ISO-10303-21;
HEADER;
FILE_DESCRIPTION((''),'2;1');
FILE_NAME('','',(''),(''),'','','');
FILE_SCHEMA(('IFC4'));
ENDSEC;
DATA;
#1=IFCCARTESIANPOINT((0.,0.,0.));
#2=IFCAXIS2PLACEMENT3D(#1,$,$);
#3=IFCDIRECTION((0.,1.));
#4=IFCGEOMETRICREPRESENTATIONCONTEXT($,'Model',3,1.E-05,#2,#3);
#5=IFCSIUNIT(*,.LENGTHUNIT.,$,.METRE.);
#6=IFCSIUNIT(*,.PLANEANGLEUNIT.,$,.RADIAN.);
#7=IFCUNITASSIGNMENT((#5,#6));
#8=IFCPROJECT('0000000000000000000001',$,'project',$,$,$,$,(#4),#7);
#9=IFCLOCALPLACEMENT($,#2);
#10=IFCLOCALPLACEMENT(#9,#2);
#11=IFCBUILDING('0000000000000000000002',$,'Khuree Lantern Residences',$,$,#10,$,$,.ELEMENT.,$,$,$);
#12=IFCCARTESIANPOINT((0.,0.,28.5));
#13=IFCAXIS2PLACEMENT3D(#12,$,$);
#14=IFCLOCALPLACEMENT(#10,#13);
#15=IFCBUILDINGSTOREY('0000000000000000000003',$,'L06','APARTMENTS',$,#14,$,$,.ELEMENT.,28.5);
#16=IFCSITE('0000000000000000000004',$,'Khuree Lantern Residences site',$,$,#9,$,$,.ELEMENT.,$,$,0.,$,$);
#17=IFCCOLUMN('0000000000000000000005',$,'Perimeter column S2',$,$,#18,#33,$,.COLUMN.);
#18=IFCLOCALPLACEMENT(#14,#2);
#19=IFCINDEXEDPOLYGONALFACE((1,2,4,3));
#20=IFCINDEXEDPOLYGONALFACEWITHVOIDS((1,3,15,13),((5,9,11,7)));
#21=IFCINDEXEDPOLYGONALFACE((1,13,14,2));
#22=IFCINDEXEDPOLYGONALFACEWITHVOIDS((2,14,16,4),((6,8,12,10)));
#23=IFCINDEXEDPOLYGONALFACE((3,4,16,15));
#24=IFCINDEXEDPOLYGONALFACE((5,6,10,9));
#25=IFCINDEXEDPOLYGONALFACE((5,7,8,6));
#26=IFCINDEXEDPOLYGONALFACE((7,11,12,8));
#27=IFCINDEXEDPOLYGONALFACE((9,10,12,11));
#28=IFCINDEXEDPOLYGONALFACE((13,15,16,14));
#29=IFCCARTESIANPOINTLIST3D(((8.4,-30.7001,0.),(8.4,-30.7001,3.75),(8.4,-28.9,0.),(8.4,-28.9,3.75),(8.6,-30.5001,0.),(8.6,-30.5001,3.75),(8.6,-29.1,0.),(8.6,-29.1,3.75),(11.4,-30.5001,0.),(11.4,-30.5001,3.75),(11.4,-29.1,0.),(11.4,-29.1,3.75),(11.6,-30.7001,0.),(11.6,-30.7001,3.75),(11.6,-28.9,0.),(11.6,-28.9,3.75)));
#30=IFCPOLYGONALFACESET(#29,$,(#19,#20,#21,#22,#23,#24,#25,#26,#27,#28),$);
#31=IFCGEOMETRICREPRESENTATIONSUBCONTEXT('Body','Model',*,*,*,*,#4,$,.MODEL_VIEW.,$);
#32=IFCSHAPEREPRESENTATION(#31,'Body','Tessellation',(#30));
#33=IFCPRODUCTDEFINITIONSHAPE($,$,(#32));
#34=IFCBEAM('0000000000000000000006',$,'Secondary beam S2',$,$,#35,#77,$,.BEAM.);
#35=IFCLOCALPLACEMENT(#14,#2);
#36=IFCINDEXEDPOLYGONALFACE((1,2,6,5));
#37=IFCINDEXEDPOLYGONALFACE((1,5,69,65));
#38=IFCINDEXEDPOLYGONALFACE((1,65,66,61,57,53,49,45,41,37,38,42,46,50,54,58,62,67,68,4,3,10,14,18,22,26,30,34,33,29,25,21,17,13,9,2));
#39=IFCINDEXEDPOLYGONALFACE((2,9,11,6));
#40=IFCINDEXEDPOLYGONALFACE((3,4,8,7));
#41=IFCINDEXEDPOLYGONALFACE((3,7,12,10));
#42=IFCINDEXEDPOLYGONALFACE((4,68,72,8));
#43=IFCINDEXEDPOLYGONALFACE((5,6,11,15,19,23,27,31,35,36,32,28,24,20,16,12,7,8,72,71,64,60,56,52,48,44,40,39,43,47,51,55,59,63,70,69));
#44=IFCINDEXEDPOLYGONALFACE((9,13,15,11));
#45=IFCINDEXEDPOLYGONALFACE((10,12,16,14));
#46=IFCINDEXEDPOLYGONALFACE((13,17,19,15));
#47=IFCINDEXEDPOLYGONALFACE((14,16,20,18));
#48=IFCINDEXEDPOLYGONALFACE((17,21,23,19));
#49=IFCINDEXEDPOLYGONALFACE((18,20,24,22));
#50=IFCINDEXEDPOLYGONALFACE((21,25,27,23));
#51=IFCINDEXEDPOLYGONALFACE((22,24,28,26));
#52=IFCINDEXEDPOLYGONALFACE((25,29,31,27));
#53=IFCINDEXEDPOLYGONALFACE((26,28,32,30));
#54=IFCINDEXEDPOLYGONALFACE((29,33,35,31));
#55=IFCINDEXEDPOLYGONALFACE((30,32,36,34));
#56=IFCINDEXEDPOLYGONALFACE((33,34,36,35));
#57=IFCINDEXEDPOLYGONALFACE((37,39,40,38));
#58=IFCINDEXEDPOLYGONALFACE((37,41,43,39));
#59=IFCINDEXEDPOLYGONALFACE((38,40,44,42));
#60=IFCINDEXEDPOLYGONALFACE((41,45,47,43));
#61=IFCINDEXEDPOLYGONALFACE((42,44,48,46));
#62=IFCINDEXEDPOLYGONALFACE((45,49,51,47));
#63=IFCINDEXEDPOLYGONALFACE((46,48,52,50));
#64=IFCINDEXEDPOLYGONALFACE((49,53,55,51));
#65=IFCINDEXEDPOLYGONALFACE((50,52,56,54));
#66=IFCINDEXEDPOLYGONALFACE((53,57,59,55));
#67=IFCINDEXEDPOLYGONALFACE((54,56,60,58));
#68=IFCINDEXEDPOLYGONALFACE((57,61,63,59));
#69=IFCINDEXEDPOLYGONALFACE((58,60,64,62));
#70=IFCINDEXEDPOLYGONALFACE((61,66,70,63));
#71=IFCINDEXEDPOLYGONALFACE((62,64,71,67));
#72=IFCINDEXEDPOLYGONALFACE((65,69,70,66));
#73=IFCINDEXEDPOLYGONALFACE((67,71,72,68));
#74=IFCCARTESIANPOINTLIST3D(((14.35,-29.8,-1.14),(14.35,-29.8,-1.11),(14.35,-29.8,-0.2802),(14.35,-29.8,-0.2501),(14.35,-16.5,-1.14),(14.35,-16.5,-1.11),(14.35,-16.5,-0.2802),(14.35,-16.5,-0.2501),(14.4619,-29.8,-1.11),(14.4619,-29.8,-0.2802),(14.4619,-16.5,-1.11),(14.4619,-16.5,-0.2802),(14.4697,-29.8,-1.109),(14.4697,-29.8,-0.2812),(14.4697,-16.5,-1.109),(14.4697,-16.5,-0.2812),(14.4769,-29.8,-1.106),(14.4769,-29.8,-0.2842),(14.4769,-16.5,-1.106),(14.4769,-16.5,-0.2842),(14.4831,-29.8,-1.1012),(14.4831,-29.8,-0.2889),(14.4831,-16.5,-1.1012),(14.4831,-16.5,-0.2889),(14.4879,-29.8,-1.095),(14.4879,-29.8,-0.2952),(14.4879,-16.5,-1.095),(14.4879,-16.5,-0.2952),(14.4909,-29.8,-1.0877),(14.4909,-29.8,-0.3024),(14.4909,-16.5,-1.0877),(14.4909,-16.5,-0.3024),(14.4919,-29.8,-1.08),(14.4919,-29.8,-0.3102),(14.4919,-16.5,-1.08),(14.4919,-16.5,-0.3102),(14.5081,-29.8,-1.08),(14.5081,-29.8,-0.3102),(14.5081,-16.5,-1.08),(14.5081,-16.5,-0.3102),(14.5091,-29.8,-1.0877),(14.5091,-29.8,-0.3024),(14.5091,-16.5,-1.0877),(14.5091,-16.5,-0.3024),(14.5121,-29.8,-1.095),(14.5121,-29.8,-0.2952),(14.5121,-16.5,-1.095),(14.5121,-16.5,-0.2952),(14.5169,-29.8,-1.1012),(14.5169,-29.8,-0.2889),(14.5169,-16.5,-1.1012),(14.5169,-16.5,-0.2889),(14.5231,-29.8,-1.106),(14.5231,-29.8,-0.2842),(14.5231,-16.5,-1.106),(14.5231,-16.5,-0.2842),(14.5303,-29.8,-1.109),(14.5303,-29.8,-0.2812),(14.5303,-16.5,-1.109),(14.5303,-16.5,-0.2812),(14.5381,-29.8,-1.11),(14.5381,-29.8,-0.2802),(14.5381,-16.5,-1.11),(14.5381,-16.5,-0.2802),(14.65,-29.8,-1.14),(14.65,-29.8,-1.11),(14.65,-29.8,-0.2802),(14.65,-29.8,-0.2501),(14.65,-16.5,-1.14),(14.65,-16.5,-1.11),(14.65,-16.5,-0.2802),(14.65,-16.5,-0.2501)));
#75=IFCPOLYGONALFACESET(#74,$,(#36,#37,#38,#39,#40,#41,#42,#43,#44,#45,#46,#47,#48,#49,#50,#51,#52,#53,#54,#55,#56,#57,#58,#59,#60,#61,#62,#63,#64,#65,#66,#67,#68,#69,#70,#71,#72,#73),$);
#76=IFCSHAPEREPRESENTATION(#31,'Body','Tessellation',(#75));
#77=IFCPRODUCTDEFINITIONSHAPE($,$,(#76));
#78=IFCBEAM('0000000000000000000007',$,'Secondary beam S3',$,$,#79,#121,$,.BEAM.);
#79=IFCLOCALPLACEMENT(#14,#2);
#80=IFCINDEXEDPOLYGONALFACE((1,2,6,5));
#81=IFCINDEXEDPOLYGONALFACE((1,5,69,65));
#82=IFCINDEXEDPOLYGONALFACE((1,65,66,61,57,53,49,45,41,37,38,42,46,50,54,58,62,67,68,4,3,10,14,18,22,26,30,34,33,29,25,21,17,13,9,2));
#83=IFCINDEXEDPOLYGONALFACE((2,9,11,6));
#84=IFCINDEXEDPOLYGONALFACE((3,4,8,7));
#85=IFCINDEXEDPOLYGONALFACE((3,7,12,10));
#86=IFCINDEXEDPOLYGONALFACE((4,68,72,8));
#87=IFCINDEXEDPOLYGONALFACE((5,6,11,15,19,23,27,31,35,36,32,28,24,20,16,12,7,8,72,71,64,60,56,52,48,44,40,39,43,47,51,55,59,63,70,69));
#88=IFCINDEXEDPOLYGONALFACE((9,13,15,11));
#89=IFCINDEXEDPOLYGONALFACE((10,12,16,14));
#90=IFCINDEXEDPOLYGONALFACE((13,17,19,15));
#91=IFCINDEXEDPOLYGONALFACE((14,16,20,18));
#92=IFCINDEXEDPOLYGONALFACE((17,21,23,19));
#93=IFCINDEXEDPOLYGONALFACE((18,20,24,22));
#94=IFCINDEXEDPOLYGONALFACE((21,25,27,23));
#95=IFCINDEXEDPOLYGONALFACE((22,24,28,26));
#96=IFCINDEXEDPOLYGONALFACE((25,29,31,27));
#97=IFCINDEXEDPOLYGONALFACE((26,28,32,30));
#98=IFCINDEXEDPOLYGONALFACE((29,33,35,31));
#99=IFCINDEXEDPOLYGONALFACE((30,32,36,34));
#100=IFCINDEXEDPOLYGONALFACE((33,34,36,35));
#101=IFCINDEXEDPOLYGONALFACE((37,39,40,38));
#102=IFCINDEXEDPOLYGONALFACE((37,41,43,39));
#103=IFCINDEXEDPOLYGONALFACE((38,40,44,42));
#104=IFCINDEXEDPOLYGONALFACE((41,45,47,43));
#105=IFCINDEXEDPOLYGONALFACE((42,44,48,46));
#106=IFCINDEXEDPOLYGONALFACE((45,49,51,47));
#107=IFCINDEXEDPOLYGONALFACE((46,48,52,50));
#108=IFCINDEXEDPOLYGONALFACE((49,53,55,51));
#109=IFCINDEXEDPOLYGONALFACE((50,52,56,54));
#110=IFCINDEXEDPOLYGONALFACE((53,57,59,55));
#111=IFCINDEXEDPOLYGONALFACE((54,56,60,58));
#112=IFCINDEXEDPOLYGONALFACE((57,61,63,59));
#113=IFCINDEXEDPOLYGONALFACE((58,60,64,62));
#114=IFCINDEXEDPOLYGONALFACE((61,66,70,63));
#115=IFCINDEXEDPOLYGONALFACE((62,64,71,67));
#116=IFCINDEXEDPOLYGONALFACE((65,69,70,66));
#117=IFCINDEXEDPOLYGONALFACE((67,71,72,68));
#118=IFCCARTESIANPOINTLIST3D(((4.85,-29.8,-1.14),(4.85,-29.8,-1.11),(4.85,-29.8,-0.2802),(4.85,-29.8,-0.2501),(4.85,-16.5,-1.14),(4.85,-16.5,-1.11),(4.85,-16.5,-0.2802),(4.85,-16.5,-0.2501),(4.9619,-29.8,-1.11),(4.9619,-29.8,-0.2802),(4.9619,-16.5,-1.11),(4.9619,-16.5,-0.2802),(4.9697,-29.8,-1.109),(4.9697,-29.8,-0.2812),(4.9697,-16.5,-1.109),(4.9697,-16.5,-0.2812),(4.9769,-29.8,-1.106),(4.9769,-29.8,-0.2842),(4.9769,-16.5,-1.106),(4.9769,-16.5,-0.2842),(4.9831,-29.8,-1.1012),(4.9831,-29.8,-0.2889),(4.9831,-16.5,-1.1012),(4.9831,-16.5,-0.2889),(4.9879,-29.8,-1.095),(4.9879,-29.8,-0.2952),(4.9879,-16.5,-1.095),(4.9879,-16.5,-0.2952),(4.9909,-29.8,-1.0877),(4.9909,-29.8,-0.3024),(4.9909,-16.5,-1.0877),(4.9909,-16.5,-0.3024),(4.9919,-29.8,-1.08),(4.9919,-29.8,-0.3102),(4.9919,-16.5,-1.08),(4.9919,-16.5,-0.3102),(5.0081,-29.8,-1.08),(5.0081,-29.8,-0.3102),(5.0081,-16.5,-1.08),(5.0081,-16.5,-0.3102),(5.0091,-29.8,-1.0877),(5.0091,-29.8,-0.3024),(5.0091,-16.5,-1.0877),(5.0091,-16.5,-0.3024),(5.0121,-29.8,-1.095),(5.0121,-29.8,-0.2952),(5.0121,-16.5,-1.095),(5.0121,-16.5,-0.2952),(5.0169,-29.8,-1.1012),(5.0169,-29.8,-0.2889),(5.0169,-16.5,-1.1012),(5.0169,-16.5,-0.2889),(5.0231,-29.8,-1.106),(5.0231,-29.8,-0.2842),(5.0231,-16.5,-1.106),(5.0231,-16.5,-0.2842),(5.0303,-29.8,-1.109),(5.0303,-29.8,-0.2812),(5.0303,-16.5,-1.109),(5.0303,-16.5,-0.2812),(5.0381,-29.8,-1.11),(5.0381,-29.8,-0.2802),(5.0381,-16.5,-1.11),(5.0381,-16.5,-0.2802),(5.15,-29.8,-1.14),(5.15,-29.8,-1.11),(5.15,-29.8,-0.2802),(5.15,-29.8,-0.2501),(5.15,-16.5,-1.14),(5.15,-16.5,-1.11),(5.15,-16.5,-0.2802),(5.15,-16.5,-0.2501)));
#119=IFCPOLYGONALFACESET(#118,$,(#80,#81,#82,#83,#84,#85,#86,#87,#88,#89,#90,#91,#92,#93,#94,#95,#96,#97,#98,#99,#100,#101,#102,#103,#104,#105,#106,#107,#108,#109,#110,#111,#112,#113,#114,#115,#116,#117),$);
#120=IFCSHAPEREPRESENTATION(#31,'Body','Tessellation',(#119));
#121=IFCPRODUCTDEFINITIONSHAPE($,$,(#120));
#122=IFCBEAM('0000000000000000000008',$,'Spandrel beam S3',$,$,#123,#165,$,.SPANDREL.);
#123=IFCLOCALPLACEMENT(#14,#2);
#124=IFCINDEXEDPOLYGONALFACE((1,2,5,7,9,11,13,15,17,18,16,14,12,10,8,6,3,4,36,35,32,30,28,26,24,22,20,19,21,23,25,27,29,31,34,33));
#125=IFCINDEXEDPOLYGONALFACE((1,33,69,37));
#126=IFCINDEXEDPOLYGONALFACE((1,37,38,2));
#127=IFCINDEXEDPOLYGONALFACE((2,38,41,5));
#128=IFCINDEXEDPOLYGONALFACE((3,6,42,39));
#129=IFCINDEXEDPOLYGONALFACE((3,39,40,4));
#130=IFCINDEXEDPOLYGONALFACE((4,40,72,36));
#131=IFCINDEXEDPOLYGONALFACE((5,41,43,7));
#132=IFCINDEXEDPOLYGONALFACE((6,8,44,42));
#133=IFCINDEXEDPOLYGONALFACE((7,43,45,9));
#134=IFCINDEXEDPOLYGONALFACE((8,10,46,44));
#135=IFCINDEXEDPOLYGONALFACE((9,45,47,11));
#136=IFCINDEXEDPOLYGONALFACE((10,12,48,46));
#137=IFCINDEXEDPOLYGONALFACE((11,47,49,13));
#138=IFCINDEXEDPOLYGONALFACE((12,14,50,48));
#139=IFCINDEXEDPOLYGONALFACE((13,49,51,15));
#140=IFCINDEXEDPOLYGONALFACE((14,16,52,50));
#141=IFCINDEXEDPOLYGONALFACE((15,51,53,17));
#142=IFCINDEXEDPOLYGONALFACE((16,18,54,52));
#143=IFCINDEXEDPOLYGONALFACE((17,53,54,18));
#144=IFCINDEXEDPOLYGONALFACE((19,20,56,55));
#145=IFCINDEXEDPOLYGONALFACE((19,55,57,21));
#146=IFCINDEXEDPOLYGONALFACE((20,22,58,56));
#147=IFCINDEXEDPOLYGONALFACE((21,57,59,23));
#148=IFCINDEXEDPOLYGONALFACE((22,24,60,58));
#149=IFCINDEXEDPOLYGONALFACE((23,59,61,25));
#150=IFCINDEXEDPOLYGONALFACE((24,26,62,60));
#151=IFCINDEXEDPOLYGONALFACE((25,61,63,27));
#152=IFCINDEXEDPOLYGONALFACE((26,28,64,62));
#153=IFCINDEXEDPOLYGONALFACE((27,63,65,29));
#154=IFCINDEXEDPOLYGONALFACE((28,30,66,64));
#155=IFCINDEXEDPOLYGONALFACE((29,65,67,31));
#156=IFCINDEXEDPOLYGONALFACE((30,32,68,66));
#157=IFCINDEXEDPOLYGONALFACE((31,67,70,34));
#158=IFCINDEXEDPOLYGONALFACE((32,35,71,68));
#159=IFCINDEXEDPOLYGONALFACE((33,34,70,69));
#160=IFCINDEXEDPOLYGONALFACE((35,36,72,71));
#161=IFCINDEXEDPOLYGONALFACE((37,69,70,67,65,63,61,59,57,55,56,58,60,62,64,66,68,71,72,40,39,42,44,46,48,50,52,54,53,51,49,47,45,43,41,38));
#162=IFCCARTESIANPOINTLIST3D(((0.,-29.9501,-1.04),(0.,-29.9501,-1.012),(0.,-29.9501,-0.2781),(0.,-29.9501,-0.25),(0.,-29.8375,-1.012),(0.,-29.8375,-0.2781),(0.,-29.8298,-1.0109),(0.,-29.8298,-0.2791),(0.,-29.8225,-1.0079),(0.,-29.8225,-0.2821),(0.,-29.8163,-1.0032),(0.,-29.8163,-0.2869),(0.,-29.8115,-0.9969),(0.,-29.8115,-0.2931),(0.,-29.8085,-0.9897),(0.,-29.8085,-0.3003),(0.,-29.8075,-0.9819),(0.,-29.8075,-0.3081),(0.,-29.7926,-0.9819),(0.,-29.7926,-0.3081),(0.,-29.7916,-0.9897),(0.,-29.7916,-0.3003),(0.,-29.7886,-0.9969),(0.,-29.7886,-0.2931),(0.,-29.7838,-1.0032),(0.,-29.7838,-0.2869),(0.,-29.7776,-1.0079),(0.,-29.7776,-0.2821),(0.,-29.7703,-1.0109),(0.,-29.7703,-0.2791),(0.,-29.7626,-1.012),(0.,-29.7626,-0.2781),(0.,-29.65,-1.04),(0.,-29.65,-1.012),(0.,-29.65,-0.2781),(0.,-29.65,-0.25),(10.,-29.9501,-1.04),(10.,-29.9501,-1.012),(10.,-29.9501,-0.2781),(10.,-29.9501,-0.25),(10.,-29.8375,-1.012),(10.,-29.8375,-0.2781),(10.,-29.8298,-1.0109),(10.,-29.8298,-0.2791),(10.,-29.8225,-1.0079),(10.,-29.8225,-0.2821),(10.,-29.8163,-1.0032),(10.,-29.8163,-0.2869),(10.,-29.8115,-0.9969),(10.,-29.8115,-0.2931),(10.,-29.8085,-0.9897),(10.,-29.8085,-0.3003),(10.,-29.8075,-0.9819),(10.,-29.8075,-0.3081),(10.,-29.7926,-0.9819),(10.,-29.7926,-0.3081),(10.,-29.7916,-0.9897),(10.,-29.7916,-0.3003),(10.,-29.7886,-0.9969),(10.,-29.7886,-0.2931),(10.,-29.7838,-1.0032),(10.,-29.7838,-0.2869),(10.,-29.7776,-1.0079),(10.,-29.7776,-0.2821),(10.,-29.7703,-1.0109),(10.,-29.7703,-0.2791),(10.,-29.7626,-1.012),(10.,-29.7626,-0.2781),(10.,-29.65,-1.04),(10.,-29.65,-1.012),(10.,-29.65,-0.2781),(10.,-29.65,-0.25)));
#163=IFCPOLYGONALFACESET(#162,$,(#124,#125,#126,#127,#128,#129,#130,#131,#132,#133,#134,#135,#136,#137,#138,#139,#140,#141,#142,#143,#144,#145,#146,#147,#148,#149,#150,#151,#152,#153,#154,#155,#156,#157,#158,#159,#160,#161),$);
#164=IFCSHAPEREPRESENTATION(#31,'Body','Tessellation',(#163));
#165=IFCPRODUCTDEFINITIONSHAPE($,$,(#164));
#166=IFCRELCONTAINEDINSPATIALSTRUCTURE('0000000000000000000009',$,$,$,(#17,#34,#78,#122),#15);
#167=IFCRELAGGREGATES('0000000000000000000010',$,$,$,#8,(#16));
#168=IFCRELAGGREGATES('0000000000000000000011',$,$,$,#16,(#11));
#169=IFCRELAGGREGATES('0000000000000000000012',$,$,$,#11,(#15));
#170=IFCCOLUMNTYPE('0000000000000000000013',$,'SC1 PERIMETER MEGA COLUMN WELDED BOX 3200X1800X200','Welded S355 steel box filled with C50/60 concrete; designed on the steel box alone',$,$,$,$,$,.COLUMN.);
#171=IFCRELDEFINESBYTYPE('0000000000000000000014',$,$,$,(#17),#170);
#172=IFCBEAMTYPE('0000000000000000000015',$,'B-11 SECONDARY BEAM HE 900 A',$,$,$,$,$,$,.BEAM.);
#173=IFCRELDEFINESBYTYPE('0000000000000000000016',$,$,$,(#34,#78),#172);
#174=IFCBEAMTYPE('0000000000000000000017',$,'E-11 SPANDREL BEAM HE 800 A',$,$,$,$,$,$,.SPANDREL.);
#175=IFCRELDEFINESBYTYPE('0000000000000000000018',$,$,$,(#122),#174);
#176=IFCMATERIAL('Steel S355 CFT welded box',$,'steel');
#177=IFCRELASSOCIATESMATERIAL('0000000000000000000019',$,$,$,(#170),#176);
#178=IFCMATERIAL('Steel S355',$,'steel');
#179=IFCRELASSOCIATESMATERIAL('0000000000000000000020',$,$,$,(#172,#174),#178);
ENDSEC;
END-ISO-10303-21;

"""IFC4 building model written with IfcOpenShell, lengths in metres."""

from ifc_helpers import new_model, si_unit, direction, frame, origin, origin_2d, place, context, subcontext, project, spatial, hollow_rectangle, i_section, extrude, material, material_profile, profile_set, type_object, element, save


model = new_model("IFC4")

# Units and contexts
model_context = context("Model", 3, precision=1e-05, world=origin(), true_north=direction((0.0, 1.0)))
body_context = subcontext(model_context, "Body", "Model", "MODEL_VIEW")
ifc_project = project(units=[si_unit("LENGTHUNIT", "METRE"), si_unit("PLANEANGLEUNIT", "RADIAN")], contexts=[model_context])

# Site, building, storey
site_placement = place(None, origin())
site = spatial("IfcSite", under=ifc_project, at=site_placement, Name="Khuree Lantern Residences site", CompositionType="ELEMENT", RefElevation=0.0)
building_placement = place(site_placement, origin())
building = spatial("IfcBuilding", under=site, at=building_placement, Name="Khuree Lantern Residences", CompositionType="ELEMENT")
storey_placement = place(building_placement, frame((0.0, 0.0, 28.5)))
storey = spatial("IfcBuildingStorey", under=building, at=storey_placement, Name="L06", Description="APARTMENTS", CompositionType="ELEMENT", Elevation=28.5)

# Column
ifc_material_1 = material(Name="Steel S355 CFT welded box", Category="steel")
ifc_material_profile_1 = material_profile(ifc_material_1, hollow_rectangle(XDim=3.2, YDim=1.8, WallThickness=0.2, at=origin_2d()), Name="WELDED BOX 3200X1800X200")
ifc_profile_set_1 = profile_set([ifc_material_profile_1], Name="Steel S355 CFT welded box")
column_type = type_object("IfcColumnType", Name="SC1 PERIMETER MEGA COLUMN WELDED BOX 3200X1800X200", Description="Welded S355 steel box filled with C50/60 concrete; designed on the steel box alone", PredefinedType="COLUMN", material=ifc_profile_set_1)
column_placement = place(storey_placement, frame((10.0, -29.8, 0.0), z_axis=(0.0, 0.0, 1.0), x_axis=(1.0, 0.0, 0.0)))
element("IfcColumn", 1, at=column_placement, inside=storey, type_object=column_type, Name="Perimeter column S2", PredefinedType="COLUMN", context=body_context, shape_type="SweptSolid", body=[
    extrude(hollow_rectangle(XDim=3.2, YDim=1.8, WallThickness=0.2, at=origin_2d()), origin(), (0.0, 0.0, 1.0), 3.75),
])

# Beams
ifc_material_2 = material(Name="Steel S355", Category="steel")
ifc_material_profile_2 = material_profile(ifc_material_2, i_section(OverallWidth=0.3, OverallDepth=0.8899, WebThickness=0.0161, FlangeThickness=0.03, FilletRadius=0.03, at=origin_2d()), Name="HE 900 A")
ifc_profile_set_2 = profile_set([ifc_material_profile_2], Name="Steel S355")
beam_type_1 = type_object("IfcBeamType", Name="B-11 SECONDARY BEAM HE 900 A", PredefinedType="BEAM", material=ifc_profile_set_2)
for number, where, z_axis, x_axis, name in (
    (2, (14.5, -29.8, -0.6951), (0.0, 1.0, 0.0), (-1.0, 0.0, 0.0), "Secondary beam S2"),
    (3, (5.0, -29.8, -0.6951), (0.0, 1.0, 0.0), (-1.0, 0.0, 0.0), "Secondary beam S3"),
):
    element("IfcBeam", number, at=place(storey_placement, frame(where, z_axis=z_axis, x_axis=x_axis)), inside=storey, type_object=beam_type_1, Name=name, PredefinedType="BEAM", context=body_context, shape_type="SweptSolid", body=[
        extrude(i_section(OverallWidth=0.3, OverallDepth=0.8899, WebThickness=0.0161, FlangeThickness=0.03, FilletRadius=0.03, at=origin_2d()), origin(), (0.0, 0.0, 1.0), 13.3),
    ])
ifc_material_profile_3 = material_profile(ifc_material_2, i_section(OverallWidth=0.3, OverallDepth=0.79, WebThickness=0.0149, FlangeThickness=0.0281, FilletRadius=0.03, at=origin_2d()), Name="HE 800 A")
ifc_profile_set_3 = profile_set([ifc_material_profile_3], Name="Steel S355")
beam_type_2 = type_object("IfcBeamType", Name="E-11 SPANDREL BEAM HE 800 A", PredefinedType="SPANDREL", material=ifc_profile_set_3)
for number, where, z_axis, x_axis, name in (
    (4, (10.0, -29.8, -0.645), (-1.0, 0.0, 0.0), (0.0, -1.0, 0.0), "Spandrel beam S3"),
):
    element("IfcBeam", number, at=place(storey_placement, frame(where, z_axis=z_axis, x_axis=x_axis)), inside=storey, type_object=beam_type_2, Name=name, PredefinedType="SPANDREL", context=body_context, shape_type="SweptSolid", body=[
        extrude(i_section(OverallWidth=0.3, OverallDepth=0.79, WebThickness=0.0149, FlangeThickness=0.0281, FilletRadius=0.03, at=origin_2d()), origin(), (0.0, 0.0, 1.0), 10.0),
    ])

save(model, "model.ifc")
